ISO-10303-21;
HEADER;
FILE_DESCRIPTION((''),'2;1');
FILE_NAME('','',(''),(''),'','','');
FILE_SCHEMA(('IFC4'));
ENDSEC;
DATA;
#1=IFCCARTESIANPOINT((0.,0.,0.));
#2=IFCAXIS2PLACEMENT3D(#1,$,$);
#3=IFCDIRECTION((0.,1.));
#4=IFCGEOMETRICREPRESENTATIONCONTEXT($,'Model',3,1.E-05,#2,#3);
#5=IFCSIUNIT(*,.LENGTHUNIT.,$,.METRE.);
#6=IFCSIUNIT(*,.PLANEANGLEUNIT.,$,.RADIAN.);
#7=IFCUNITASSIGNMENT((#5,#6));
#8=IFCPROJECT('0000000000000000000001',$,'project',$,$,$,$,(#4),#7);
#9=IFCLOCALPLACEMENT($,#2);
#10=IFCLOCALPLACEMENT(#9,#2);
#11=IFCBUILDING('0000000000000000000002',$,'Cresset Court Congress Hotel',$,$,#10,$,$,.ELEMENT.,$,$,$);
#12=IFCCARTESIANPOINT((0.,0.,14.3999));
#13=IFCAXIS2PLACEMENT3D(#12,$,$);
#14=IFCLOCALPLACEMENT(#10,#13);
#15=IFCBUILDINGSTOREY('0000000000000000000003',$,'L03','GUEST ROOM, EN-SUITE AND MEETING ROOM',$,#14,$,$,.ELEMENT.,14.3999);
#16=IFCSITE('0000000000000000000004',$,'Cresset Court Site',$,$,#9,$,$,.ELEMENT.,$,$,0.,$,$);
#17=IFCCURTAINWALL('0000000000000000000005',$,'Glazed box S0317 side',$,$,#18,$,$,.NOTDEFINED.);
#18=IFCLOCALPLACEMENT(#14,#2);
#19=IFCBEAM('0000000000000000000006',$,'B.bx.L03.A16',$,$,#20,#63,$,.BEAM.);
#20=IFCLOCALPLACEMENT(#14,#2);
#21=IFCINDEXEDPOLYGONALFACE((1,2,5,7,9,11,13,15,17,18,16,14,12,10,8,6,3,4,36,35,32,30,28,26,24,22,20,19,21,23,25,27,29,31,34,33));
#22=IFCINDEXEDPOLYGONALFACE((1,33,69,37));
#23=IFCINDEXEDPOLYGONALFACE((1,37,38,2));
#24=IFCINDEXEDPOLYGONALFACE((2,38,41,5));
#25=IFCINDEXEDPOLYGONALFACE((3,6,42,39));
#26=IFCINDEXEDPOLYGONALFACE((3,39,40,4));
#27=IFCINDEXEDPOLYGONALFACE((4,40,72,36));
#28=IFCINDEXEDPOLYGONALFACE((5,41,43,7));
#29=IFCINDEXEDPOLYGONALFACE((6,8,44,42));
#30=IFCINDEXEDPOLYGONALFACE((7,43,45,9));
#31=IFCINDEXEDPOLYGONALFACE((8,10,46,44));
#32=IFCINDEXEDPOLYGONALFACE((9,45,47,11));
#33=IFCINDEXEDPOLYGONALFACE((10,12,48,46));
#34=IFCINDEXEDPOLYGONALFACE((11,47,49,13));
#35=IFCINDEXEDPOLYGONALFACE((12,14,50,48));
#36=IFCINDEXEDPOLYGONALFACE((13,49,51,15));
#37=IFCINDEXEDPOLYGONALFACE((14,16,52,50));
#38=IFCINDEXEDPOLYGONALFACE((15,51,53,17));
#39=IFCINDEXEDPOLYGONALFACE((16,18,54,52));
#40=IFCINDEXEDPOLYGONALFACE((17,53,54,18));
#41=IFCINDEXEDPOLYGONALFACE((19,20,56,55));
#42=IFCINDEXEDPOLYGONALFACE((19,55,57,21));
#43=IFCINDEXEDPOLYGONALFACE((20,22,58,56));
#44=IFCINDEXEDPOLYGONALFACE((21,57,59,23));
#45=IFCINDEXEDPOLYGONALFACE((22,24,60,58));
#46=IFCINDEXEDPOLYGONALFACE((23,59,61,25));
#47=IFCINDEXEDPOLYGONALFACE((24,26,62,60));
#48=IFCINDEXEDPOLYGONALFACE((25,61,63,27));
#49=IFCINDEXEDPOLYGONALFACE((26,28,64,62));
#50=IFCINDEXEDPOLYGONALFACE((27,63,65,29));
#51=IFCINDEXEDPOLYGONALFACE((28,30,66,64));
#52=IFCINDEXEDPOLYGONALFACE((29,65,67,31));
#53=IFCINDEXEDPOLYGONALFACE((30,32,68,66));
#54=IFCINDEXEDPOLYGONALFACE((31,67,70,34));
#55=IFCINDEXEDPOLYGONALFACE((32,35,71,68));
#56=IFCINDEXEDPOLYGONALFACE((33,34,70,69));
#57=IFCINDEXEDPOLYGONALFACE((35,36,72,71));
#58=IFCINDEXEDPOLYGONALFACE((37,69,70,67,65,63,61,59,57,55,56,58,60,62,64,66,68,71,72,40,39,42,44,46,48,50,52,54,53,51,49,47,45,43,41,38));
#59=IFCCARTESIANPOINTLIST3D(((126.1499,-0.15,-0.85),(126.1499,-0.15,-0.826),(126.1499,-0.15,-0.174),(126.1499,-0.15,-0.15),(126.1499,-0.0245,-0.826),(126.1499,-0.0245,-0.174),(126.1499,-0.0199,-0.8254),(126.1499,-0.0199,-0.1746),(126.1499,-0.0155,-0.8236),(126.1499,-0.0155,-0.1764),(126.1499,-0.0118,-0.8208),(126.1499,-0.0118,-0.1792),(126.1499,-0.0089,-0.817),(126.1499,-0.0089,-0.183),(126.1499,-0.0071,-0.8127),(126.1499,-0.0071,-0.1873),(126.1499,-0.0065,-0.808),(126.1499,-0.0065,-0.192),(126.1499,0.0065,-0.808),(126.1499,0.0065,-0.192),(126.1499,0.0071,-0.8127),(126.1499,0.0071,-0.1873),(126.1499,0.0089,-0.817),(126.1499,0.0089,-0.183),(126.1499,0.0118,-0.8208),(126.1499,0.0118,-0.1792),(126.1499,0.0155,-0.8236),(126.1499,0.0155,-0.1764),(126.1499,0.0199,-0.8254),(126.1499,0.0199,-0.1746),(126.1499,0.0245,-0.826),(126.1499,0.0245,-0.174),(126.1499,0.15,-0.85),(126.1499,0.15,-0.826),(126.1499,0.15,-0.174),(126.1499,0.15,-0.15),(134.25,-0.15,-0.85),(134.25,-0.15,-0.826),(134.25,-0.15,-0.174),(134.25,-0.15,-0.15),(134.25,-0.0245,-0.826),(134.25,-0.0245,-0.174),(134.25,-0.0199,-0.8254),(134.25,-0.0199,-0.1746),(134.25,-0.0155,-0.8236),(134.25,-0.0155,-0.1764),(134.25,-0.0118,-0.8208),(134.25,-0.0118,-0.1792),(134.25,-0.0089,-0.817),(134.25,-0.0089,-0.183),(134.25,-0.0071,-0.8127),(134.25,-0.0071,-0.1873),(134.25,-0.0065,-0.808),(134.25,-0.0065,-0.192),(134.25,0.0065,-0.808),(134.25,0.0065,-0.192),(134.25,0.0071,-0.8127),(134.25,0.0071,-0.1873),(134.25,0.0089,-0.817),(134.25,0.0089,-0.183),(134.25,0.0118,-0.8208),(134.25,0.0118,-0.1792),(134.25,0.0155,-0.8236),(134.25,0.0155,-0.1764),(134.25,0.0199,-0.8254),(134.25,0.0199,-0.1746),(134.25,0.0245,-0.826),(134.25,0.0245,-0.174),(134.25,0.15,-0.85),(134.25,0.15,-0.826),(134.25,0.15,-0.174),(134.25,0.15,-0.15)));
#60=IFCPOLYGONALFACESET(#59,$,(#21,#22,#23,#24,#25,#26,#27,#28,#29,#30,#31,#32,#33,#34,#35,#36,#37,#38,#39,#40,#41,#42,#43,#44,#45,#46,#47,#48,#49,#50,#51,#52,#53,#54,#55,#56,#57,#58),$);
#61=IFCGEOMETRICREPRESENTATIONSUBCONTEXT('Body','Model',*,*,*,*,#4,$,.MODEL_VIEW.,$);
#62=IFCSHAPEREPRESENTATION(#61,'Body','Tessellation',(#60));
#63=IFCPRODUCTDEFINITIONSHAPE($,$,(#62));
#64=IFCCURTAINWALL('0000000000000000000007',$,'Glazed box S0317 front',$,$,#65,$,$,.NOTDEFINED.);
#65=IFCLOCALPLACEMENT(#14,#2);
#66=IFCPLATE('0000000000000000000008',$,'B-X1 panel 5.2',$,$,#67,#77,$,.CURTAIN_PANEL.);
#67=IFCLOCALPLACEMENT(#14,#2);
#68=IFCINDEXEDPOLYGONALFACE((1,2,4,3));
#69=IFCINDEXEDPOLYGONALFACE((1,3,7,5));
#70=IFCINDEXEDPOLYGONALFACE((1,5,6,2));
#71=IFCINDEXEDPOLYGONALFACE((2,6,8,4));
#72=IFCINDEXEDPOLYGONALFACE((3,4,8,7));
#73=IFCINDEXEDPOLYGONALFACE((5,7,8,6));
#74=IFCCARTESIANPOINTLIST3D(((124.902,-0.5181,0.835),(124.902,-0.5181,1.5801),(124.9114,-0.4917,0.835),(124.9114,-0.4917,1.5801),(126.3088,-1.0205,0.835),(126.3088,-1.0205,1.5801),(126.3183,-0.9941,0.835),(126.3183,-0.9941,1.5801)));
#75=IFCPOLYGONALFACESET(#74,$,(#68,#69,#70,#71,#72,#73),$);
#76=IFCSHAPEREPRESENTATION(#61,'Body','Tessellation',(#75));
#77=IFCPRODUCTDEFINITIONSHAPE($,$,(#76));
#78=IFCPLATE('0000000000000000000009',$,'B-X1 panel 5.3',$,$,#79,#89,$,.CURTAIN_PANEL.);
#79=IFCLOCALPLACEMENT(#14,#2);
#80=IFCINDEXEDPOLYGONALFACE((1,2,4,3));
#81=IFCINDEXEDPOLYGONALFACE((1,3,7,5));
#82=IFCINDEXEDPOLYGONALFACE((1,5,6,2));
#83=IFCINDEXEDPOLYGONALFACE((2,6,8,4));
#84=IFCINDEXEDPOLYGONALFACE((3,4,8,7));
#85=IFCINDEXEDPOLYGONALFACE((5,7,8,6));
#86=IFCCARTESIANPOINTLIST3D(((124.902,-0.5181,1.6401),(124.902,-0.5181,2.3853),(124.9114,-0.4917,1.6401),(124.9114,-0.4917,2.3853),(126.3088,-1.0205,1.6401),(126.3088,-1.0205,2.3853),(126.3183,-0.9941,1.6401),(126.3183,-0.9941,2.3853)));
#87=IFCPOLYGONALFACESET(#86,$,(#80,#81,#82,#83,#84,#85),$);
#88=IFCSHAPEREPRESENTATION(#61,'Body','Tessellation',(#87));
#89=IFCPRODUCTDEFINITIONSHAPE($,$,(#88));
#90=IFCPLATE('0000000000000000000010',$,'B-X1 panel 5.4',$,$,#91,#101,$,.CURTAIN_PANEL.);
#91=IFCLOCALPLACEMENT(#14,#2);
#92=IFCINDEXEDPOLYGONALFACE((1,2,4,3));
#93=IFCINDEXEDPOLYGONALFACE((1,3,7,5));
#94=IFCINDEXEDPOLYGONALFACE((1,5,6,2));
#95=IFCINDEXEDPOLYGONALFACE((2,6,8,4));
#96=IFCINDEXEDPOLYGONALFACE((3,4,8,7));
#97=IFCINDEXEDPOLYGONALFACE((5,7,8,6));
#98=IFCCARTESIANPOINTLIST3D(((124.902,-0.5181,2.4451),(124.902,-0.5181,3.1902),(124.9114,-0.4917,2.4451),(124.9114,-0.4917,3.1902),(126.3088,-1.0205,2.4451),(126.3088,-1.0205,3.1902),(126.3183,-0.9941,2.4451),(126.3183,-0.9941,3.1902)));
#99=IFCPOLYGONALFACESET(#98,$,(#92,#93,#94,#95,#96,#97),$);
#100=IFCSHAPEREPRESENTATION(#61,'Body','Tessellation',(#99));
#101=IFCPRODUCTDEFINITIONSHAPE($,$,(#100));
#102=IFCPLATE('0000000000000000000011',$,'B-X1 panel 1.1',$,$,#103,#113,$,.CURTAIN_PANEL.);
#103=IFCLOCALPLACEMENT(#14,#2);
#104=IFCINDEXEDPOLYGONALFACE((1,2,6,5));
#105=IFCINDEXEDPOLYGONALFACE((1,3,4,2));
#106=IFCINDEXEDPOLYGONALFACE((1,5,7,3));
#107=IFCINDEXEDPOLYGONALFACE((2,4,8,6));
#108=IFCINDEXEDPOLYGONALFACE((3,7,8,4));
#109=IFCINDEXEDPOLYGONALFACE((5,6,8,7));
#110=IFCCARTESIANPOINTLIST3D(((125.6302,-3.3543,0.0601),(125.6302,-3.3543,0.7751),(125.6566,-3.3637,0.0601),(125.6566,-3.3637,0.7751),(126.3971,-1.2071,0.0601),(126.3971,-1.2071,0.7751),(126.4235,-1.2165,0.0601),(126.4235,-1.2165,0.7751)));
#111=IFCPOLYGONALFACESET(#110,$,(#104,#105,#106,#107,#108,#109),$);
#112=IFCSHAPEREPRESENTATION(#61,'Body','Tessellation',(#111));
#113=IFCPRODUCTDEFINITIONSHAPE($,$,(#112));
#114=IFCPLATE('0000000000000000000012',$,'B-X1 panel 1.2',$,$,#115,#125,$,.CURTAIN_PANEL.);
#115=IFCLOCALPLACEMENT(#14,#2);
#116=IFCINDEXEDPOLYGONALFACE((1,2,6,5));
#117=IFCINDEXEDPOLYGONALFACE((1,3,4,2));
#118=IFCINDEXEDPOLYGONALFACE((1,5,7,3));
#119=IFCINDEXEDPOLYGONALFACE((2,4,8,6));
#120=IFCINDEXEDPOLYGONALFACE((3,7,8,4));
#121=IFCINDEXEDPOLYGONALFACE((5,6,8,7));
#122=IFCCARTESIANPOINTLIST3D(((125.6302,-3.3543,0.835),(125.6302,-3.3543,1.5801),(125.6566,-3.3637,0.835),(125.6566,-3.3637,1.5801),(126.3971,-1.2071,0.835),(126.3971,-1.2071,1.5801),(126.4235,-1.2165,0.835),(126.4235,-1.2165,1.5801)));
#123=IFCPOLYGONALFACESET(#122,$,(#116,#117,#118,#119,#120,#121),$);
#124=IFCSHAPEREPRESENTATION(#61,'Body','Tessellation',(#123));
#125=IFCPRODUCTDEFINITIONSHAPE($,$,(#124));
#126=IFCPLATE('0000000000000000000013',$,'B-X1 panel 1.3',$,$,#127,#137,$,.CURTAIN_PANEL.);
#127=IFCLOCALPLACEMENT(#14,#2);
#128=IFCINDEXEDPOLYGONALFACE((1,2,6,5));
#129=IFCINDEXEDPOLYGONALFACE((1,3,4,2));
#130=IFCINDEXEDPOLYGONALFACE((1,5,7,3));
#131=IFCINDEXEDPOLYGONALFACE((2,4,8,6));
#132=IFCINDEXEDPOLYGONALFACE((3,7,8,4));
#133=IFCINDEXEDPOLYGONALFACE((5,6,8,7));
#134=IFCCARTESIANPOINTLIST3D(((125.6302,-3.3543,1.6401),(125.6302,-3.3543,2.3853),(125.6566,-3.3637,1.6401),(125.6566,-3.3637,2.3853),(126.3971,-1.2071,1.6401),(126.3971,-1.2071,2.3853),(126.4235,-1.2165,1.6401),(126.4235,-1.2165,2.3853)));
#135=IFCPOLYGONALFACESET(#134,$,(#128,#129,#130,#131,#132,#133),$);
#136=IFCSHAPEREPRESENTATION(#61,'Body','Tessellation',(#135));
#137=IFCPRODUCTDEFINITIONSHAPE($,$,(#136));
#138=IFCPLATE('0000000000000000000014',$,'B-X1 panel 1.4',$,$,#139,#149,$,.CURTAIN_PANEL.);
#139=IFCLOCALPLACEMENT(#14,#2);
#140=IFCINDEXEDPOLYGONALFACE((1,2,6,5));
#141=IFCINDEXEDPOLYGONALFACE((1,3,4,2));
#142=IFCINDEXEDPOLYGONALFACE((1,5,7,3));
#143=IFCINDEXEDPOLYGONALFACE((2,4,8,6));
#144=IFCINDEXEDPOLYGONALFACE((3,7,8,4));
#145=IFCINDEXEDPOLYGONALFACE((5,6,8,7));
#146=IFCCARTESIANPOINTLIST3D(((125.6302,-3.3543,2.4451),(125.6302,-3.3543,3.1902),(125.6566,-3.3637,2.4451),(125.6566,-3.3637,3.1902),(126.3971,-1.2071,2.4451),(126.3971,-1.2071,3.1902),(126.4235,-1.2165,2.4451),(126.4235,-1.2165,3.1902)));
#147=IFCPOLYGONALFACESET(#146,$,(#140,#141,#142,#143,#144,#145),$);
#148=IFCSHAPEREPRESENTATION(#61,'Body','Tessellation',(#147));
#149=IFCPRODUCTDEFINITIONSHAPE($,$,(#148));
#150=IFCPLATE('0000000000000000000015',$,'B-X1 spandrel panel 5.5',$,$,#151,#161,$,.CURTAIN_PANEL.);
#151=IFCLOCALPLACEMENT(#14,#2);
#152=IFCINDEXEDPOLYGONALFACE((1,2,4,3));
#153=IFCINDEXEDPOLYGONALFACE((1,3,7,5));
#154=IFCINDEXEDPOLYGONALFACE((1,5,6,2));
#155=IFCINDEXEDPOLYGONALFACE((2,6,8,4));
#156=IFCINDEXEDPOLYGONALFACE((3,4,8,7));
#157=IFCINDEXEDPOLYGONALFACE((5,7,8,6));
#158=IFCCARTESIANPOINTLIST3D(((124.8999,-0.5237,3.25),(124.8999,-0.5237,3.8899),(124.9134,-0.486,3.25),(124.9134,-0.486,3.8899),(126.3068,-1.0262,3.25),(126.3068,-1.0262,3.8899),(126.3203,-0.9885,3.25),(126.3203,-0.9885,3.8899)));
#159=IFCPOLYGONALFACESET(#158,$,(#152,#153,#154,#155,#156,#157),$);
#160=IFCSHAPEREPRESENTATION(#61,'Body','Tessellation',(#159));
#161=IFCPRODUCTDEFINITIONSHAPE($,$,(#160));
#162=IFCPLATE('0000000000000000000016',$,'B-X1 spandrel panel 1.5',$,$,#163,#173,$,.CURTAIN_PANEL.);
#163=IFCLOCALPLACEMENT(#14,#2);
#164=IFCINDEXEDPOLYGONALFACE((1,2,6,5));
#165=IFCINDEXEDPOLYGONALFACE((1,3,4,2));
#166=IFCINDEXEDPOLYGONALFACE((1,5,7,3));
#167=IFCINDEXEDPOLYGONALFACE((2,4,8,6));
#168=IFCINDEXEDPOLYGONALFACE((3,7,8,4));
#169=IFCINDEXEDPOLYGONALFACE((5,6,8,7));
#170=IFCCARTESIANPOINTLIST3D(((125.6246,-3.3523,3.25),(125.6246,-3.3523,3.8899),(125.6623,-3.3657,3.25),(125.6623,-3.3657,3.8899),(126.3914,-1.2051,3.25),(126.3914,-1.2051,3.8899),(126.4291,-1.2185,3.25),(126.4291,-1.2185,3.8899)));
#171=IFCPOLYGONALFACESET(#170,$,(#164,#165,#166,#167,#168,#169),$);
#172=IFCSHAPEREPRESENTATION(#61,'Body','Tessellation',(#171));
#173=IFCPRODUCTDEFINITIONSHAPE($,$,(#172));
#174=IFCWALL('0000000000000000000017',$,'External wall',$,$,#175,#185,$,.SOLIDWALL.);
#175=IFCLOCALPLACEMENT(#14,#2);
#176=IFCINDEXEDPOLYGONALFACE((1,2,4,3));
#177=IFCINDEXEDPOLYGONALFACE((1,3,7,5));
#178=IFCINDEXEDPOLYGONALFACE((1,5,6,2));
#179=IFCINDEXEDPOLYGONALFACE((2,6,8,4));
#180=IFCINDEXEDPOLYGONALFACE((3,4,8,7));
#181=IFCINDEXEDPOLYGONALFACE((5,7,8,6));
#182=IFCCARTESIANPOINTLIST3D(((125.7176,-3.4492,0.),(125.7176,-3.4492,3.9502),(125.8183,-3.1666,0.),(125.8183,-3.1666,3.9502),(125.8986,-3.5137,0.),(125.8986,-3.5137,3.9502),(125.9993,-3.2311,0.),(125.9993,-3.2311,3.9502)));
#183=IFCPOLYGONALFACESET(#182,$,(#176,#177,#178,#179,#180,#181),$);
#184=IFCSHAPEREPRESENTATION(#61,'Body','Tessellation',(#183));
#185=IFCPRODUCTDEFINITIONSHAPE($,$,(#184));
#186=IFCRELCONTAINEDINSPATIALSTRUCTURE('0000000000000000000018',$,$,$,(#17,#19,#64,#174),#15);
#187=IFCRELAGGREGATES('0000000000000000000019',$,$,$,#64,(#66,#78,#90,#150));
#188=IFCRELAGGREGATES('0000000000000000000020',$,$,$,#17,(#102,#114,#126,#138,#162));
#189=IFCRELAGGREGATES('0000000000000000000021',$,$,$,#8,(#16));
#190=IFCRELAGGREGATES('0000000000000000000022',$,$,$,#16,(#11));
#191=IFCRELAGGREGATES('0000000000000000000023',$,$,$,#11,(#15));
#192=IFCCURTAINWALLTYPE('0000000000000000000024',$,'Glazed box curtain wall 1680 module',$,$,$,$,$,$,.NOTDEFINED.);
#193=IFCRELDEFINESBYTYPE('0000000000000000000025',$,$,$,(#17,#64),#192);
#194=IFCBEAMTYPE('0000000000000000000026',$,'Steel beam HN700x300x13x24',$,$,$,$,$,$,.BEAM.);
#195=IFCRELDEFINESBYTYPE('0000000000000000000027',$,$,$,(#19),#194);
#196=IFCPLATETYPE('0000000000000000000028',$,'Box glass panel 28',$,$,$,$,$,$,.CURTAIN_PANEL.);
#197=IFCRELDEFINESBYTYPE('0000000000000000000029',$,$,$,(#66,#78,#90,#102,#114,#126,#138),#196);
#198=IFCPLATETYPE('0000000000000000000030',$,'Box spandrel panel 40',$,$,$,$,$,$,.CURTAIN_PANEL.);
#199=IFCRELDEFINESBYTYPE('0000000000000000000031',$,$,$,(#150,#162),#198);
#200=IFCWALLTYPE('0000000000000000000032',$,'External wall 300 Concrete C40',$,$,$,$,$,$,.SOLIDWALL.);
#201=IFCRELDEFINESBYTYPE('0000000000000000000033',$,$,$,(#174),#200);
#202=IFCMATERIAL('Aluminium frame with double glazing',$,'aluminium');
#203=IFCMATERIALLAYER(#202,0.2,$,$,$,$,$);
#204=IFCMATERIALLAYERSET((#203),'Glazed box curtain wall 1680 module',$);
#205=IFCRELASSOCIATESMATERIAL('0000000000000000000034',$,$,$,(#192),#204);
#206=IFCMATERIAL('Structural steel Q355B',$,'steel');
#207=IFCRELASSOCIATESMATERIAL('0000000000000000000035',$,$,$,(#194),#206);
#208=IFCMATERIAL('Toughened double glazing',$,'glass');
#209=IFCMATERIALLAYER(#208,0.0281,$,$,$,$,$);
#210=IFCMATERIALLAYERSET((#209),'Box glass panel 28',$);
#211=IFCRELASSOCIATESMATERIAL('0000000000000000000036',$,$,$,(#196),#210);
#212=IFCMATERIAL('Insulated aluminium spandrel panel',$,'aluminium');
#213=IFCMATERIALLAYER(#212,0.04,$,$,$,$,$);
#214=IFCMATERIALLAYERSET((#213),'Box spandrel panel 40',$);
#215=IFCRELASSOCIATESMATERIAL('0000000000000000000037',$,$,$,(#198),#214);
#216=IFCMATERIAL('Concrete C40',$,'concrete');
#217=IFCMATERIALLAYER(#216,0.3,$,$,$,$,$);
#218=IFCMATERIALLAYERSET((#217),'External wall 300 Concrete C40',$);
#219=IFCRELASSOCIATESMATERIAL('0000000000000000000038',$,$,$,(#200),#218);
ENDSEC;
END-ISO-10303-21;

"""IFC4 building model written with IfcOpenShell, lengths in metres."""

from ifc_helpers import new_model, si_unit, direction, frame, frame_2d, origin, origin_2d, place, context, subcontext, project, spatial, rectangle, i_section, extrude, material, layer, layer_set, material_profile, profile_set, type_object, element, aggregate, save


model = new_model("IFC4")

# Units and contexts
model_context = context("Model", 3, precision=1e-05, world=origin(), true_north=direction((0.0, 1.0)))
body_context = subcontext(model_context, "Body", "Model", "MODEL_VIEW")
ifc_project = project(units=[si_unit("LENGTHUNIT", "METRE"), si_unit("PLANEANGLEUNIT", "RADIAN")], contexts=[model_context])

# Site, building, storey
site_placement = place(None, origin())
site = spatial("IfcSite", under=ifc_project, at=site_placement, Name="Cresset Court Site", CompositionType="ELEMENT", RefElevation=0.0)
building_placement = place(site_placement, origin())
building = spatial("IfcBuilding", under=site, at=building_placement, Name="Cresset Court Congress Hotel", CompositionType="ELEMENT")
storey_placement = place(building_placement, frame((0.0, 0.0, 14.3999)))
storey = spatial("IfcBuildingStorey", under=building, at=storey_placement, Name="L03", Description="GUEST ROOM, EN-SUITE AND MEETING ROOM", CompositionType="ELEMENT", Elevation=14.3999)

# Curtain wall
ifc_material_1 = material(Name="Aluminium frame with double glazing", Category="aluminium")
ifc_layer_1 = layer(ifc_material_1, 0.2)
ifc_layer_set_1 = layer_set([ifc_layer_1], Name="Glazed box curtain wall 1680 module")
curtain_wall_type = type_object("IfcCurtainWallType", Name="Glazed box curtain wall 1680 module", PredefinedType="NOTDEFINED", material=ifc_layer_set_1)
curtain_wall_1_placement = place(storey_placement, origin())
curtain_wall_1 = element("IfcCurtainWall", 1, at=curtain_wall_1_placement, inside=storey, type_object=curtain_wall_type, Name="Glazed box S0317 side", PredefinedType="NOTDEFINED")

# Beam
ifc_material_2 = material(Name="Structural steel Q355B", Category="steel")
ifc_material_profile_1 = material_profile(ifc_material_2, i_section(OverallWidth=0.3, OverallDepth=0.7, WebThickness=0.0129, FlangeThickness=0.0239, FilletRadius=0.0181, at=origin_2d()), Name="HN700x300x13x24")
ifc_profile_set_1 = profile_set([ifc_material_profile_1], Name="Structural steel Q355B")
beam_type_1 = type_object("IfcBeamType", Name="Steel beam HN700x300x13x24", PredefinedType="BEAM", material=ifc_profile_set_1)
beam_1_placement = place(storey_placement, frame((126.1499, 0.0, -0.5), z_axis=(1.0, 0.0, 0.0), x_axis=(0.0, 1.0, 0.0)))
element("IfcBeam", 2, at=beam_1_placement, inside=storey, type_object=beam_type_1, Name="B.bx.L03.A16", PredefinedType="BEAM", context=body_context, shape_type="SweptSolid", body=[
    extrude(i_section(OverallWidth=0.3, OverallDepth=0.7, WebThickness=0.0129, FlangeThickness=0.0239, FilletRadius=0.0181, at=origin_2d()), origin(), (0.0, 0.0, 1.0), 8.1001),
])

# Curtain wall, plates
curtain_wall_2_placement = place(storey_placement, origin())
curtain_wall_2 = element("IfcCurtainWall", 3, at=curtain_wall_2_placement, inside=storey, type_object=curtain_wall_type, Name="Glazed box S0317 front", PredefinedType="NOTDEFINED")
ifc_material_3 = material(Name="Toughened double glazing", Category="glass")
ifc_layer_2 = layer(ifc_material_3, 0.0281)
ifc_layer_set_2 = layer_set([ifc_layer_2], Name="Box glass panel 28")
plate_type_1 = type_object("IfcPlateType", Name="Box glass panel 28", PredefinedType="CURTAIN_PANEL", material=ifc_layer_set_2)
plate_1_placement = place(storey_placement, frame((125.6101, -0.7561, 0.835), z_axis=(0.0, 0.0, 1.0), x_axis=(0.941742, -0.336336, 0.0)))
plate_1 = element("IfcPlate", 4, at=plate_1_placement, type_object=plate_type_1, Name="B-X1 panel 5.2", PredefinedType="CURTAIN_PANEL", context=body_context, shape_type="SweptSolid", body=[
    extrude(rectangle(XDim=1.4939, YDim=0.0281, at=origin_2d()), origin(), (0.0, 0.0, 1.0), 0.7451),
])
plate_2_placement = place(storey_placement, frame((125.6101, -0.7561, 1.6401), z_axis=(0.0, 0.0, 1.0), x_axis=(0.941742, -0.336336, 0.0)))
plate_2 = element("IfcPlate", 5, at=plate_2_placement, type_object=plate_type_1, Name="B-X1 panel 5.3", PredefinedType="CURTAIN_PANEL", context=body_context, shape_type="SweptSolid", body=[
    extrude(rectangle(XDim=1.4939, YDim=0.0281, at=origin_2d()), origin(), (0.0, 0.0, 1.0), 0.7451),
])
plate_3_placement = place(storey_placement, frame((125.6101, -0.7561, 2.4451), z_axis=(0.0, 0.0, 1.0), x_axis=(0.941742, -0.336336, 0.0)))
plate_3 = element("IfcPlate", 6, at=plate_3_placement, type_object=plate_type_1, Name="B-X1 panel 5.4", PredefinedType="CURTAIN_PANEL", context=body_context, shape_type="SweptSolid", body=[
    extrude(rectangle(XDim=1.4939, YDim=0.0281, at=origin_2d()), origin(), (0.0, 0.0, 1.0), 0.7451),
])

# Plates
plate_4_placement = place(storey_placement, frame((126.0269, -2.2854, 0.0601), z_axis=(0.0, 0.0, 1.0), x_axis=(0.336336, 0.941742, 0.0)))
plate_4 = element("IfcPlate", 7, at=plate_4_placement, type_object=plate_type_1, Name="B-X1 panel 1.1", PredefinedType="CURTAIN_PANEL", context=body_context, shape_type="SweptSolid", body=[
    extrude(rectangle(XDim=2.28, YDim=0.0281, at=origin_2d()), origin(), (0.0, 0.0, 1.0), 0.7151),
])
plate_5_placement = place(storey_placement, frame((126.0269, -2.2854, 0.835), z_axis=(0.0, 0.0, 1.0), x_axis=(0.336336, 0.941742, 0.0)))
plate_5 = element("IfcPlate", 8, at=plate_5_placement, type_object=plate_type_1, Name="B-X1 panel 1.2", PredefinedType="CURTAIN_PANEL", context=body_context, shape_type="SweptSolid", body=[
    extrude(rectangle(XDim=2.28, YDim=0.0281, at=origin_2d()), origin(), (0.0, 0.0, 1.0), 0.7451),
])
plate_6_placement = place(storey_placement, frame((126.0269, -2.2854, 1.6401), z_axis=(0.0, 0.0, 1.0), x_axis=(0.336336, 0.941742, 0.0)))
plate_6 = element("IfcPlate", 9, at=plate_6_placement, type_object=plate_type_1, Name="B-X1 panel 1.3", PredefinedType="CURTAIN_PANEL", context=body_context, shape_type="SweptSolid", body=[
    extrude(rectangle(XDim=2.28, YDim=0.0281, at=origin_2d()), origin(), (0.0, 0.0, 1.0), 0.7451),
])
plate_7_placement = place(storey_placement, frame((126.0269, -2.2854, 2.4451), z_axis=(0.0, 0.0, 1.0), x_axis=(0.336336, 0.941742, 0.0)))
plate_7 = element("IfcPlate", 10, at=plate_7_placement, type_object=plate_type_1, Name="B-X1 panel 1.4", PredefinedType="CURTAIN_PANEL", context=body_context, shape_type="SweptSolid", body=[
    extrude(rectangle(XDim=2.28, YDim=0.0281, at=origin_2d()), origin(), (0.0, 0.0, 1.0), 0.7451),
])
ifc_material_4 = material(Name="Insulated aluminium spandrel panel", Category="aluminium")
ifc_layer_3 = layer(ifc_material_4, 0.04)
ifc_layer_set_3 = layer_set([ifc_layer_3], Name="Box spandrel panel 40")
plate_type_2 = type_object("IfcPlateType", Name="Box spandrel panel 40", PredefinedType="CURTAIN_PANEL", material=ifc_layer_set_3)
plate_8_placement = place(storey_placement, frame((125.6101, -0.7561, 3.25), z_axis=(0.0, 0.0, 1.0), x_axis=(0.941742, -0.336336, 0.0)))
plate_8 = element("IfcPlate", 11, at=plate_8_placement, type_object=plate_type_2, Name="B-X1 spandrel panel 5.5", PredefinedType="CURTAIN_PANEL", context=body_context, shape_type="SweptSolid", body=[
    extrude(rectangle(XDim=1.4939, YDim=0.04, at=origin_2d()), origin(), (0.0, 0.0, 1.0), 0.6399),
])
aggregate(curtain_wall_2, [plate_1, plate_2, plate_3, plate_8])
plate_9_placement = place(storey_placement, frame((126.0269, -2.2854, 3.25), z_axis=(0.0, 0.0, 1.0), x_axis=(0.336336, 0.941742, 0.0)))
plate_9 = element("IfcPlate", 12, at=plate_9_placement, type_object=plate_type_2, Name="B-X1 spandrel panel 1.5", PredefinedType="CURTAIN_PANEL", context=body_context, shape_type="SweptSolid", body=[
    extrude(rectangle(XDim=2.28, YDim=0.04, at=origin_2d()), origin(), (0.0, 0.0, 1.0), 0.6399),
])
aggregate(curtain_wall_1, [plate_4, plate_5, plate_6, plate_7, plate_9])

# Wall
ifc_material_5 = material(Name="Concrete C40", Category="concrete")
ifc_layer_4 = layer(ifc_material_5, 0.3)
ifc_layer_set_4 = layer_set([ifc_layer_4], Name="External wall 300 Concrete C40")
wall_type = type_object("IfcWallType", Name="External wall 300 Concrete C40", PredefinedType="SOLIDWALL", material=ifc_layer_set_4)
wall_1_placement = place(storey_placement, frame((125.7678, -3.3079, 0.0), z_axis=(0.0, 0.0, 1.0), x_axis=(0.942, -0.335612, 0.0)))
element("IfcWall", 13, at=wall_1_placement, inside=storey, type_object=wall_type, Name="External wall", PredefinedType="SOLIDWALL", context=body_context, shape_type="SweptSolid", body=[
    extrude(rectangle(XDim=0.1921, YDim=0.3, at=frame_2d((0.0962, 0.0))), origin(), (0.0, 0.0, 1.0), 3.9502),
])

save(model, "model.ifc")
